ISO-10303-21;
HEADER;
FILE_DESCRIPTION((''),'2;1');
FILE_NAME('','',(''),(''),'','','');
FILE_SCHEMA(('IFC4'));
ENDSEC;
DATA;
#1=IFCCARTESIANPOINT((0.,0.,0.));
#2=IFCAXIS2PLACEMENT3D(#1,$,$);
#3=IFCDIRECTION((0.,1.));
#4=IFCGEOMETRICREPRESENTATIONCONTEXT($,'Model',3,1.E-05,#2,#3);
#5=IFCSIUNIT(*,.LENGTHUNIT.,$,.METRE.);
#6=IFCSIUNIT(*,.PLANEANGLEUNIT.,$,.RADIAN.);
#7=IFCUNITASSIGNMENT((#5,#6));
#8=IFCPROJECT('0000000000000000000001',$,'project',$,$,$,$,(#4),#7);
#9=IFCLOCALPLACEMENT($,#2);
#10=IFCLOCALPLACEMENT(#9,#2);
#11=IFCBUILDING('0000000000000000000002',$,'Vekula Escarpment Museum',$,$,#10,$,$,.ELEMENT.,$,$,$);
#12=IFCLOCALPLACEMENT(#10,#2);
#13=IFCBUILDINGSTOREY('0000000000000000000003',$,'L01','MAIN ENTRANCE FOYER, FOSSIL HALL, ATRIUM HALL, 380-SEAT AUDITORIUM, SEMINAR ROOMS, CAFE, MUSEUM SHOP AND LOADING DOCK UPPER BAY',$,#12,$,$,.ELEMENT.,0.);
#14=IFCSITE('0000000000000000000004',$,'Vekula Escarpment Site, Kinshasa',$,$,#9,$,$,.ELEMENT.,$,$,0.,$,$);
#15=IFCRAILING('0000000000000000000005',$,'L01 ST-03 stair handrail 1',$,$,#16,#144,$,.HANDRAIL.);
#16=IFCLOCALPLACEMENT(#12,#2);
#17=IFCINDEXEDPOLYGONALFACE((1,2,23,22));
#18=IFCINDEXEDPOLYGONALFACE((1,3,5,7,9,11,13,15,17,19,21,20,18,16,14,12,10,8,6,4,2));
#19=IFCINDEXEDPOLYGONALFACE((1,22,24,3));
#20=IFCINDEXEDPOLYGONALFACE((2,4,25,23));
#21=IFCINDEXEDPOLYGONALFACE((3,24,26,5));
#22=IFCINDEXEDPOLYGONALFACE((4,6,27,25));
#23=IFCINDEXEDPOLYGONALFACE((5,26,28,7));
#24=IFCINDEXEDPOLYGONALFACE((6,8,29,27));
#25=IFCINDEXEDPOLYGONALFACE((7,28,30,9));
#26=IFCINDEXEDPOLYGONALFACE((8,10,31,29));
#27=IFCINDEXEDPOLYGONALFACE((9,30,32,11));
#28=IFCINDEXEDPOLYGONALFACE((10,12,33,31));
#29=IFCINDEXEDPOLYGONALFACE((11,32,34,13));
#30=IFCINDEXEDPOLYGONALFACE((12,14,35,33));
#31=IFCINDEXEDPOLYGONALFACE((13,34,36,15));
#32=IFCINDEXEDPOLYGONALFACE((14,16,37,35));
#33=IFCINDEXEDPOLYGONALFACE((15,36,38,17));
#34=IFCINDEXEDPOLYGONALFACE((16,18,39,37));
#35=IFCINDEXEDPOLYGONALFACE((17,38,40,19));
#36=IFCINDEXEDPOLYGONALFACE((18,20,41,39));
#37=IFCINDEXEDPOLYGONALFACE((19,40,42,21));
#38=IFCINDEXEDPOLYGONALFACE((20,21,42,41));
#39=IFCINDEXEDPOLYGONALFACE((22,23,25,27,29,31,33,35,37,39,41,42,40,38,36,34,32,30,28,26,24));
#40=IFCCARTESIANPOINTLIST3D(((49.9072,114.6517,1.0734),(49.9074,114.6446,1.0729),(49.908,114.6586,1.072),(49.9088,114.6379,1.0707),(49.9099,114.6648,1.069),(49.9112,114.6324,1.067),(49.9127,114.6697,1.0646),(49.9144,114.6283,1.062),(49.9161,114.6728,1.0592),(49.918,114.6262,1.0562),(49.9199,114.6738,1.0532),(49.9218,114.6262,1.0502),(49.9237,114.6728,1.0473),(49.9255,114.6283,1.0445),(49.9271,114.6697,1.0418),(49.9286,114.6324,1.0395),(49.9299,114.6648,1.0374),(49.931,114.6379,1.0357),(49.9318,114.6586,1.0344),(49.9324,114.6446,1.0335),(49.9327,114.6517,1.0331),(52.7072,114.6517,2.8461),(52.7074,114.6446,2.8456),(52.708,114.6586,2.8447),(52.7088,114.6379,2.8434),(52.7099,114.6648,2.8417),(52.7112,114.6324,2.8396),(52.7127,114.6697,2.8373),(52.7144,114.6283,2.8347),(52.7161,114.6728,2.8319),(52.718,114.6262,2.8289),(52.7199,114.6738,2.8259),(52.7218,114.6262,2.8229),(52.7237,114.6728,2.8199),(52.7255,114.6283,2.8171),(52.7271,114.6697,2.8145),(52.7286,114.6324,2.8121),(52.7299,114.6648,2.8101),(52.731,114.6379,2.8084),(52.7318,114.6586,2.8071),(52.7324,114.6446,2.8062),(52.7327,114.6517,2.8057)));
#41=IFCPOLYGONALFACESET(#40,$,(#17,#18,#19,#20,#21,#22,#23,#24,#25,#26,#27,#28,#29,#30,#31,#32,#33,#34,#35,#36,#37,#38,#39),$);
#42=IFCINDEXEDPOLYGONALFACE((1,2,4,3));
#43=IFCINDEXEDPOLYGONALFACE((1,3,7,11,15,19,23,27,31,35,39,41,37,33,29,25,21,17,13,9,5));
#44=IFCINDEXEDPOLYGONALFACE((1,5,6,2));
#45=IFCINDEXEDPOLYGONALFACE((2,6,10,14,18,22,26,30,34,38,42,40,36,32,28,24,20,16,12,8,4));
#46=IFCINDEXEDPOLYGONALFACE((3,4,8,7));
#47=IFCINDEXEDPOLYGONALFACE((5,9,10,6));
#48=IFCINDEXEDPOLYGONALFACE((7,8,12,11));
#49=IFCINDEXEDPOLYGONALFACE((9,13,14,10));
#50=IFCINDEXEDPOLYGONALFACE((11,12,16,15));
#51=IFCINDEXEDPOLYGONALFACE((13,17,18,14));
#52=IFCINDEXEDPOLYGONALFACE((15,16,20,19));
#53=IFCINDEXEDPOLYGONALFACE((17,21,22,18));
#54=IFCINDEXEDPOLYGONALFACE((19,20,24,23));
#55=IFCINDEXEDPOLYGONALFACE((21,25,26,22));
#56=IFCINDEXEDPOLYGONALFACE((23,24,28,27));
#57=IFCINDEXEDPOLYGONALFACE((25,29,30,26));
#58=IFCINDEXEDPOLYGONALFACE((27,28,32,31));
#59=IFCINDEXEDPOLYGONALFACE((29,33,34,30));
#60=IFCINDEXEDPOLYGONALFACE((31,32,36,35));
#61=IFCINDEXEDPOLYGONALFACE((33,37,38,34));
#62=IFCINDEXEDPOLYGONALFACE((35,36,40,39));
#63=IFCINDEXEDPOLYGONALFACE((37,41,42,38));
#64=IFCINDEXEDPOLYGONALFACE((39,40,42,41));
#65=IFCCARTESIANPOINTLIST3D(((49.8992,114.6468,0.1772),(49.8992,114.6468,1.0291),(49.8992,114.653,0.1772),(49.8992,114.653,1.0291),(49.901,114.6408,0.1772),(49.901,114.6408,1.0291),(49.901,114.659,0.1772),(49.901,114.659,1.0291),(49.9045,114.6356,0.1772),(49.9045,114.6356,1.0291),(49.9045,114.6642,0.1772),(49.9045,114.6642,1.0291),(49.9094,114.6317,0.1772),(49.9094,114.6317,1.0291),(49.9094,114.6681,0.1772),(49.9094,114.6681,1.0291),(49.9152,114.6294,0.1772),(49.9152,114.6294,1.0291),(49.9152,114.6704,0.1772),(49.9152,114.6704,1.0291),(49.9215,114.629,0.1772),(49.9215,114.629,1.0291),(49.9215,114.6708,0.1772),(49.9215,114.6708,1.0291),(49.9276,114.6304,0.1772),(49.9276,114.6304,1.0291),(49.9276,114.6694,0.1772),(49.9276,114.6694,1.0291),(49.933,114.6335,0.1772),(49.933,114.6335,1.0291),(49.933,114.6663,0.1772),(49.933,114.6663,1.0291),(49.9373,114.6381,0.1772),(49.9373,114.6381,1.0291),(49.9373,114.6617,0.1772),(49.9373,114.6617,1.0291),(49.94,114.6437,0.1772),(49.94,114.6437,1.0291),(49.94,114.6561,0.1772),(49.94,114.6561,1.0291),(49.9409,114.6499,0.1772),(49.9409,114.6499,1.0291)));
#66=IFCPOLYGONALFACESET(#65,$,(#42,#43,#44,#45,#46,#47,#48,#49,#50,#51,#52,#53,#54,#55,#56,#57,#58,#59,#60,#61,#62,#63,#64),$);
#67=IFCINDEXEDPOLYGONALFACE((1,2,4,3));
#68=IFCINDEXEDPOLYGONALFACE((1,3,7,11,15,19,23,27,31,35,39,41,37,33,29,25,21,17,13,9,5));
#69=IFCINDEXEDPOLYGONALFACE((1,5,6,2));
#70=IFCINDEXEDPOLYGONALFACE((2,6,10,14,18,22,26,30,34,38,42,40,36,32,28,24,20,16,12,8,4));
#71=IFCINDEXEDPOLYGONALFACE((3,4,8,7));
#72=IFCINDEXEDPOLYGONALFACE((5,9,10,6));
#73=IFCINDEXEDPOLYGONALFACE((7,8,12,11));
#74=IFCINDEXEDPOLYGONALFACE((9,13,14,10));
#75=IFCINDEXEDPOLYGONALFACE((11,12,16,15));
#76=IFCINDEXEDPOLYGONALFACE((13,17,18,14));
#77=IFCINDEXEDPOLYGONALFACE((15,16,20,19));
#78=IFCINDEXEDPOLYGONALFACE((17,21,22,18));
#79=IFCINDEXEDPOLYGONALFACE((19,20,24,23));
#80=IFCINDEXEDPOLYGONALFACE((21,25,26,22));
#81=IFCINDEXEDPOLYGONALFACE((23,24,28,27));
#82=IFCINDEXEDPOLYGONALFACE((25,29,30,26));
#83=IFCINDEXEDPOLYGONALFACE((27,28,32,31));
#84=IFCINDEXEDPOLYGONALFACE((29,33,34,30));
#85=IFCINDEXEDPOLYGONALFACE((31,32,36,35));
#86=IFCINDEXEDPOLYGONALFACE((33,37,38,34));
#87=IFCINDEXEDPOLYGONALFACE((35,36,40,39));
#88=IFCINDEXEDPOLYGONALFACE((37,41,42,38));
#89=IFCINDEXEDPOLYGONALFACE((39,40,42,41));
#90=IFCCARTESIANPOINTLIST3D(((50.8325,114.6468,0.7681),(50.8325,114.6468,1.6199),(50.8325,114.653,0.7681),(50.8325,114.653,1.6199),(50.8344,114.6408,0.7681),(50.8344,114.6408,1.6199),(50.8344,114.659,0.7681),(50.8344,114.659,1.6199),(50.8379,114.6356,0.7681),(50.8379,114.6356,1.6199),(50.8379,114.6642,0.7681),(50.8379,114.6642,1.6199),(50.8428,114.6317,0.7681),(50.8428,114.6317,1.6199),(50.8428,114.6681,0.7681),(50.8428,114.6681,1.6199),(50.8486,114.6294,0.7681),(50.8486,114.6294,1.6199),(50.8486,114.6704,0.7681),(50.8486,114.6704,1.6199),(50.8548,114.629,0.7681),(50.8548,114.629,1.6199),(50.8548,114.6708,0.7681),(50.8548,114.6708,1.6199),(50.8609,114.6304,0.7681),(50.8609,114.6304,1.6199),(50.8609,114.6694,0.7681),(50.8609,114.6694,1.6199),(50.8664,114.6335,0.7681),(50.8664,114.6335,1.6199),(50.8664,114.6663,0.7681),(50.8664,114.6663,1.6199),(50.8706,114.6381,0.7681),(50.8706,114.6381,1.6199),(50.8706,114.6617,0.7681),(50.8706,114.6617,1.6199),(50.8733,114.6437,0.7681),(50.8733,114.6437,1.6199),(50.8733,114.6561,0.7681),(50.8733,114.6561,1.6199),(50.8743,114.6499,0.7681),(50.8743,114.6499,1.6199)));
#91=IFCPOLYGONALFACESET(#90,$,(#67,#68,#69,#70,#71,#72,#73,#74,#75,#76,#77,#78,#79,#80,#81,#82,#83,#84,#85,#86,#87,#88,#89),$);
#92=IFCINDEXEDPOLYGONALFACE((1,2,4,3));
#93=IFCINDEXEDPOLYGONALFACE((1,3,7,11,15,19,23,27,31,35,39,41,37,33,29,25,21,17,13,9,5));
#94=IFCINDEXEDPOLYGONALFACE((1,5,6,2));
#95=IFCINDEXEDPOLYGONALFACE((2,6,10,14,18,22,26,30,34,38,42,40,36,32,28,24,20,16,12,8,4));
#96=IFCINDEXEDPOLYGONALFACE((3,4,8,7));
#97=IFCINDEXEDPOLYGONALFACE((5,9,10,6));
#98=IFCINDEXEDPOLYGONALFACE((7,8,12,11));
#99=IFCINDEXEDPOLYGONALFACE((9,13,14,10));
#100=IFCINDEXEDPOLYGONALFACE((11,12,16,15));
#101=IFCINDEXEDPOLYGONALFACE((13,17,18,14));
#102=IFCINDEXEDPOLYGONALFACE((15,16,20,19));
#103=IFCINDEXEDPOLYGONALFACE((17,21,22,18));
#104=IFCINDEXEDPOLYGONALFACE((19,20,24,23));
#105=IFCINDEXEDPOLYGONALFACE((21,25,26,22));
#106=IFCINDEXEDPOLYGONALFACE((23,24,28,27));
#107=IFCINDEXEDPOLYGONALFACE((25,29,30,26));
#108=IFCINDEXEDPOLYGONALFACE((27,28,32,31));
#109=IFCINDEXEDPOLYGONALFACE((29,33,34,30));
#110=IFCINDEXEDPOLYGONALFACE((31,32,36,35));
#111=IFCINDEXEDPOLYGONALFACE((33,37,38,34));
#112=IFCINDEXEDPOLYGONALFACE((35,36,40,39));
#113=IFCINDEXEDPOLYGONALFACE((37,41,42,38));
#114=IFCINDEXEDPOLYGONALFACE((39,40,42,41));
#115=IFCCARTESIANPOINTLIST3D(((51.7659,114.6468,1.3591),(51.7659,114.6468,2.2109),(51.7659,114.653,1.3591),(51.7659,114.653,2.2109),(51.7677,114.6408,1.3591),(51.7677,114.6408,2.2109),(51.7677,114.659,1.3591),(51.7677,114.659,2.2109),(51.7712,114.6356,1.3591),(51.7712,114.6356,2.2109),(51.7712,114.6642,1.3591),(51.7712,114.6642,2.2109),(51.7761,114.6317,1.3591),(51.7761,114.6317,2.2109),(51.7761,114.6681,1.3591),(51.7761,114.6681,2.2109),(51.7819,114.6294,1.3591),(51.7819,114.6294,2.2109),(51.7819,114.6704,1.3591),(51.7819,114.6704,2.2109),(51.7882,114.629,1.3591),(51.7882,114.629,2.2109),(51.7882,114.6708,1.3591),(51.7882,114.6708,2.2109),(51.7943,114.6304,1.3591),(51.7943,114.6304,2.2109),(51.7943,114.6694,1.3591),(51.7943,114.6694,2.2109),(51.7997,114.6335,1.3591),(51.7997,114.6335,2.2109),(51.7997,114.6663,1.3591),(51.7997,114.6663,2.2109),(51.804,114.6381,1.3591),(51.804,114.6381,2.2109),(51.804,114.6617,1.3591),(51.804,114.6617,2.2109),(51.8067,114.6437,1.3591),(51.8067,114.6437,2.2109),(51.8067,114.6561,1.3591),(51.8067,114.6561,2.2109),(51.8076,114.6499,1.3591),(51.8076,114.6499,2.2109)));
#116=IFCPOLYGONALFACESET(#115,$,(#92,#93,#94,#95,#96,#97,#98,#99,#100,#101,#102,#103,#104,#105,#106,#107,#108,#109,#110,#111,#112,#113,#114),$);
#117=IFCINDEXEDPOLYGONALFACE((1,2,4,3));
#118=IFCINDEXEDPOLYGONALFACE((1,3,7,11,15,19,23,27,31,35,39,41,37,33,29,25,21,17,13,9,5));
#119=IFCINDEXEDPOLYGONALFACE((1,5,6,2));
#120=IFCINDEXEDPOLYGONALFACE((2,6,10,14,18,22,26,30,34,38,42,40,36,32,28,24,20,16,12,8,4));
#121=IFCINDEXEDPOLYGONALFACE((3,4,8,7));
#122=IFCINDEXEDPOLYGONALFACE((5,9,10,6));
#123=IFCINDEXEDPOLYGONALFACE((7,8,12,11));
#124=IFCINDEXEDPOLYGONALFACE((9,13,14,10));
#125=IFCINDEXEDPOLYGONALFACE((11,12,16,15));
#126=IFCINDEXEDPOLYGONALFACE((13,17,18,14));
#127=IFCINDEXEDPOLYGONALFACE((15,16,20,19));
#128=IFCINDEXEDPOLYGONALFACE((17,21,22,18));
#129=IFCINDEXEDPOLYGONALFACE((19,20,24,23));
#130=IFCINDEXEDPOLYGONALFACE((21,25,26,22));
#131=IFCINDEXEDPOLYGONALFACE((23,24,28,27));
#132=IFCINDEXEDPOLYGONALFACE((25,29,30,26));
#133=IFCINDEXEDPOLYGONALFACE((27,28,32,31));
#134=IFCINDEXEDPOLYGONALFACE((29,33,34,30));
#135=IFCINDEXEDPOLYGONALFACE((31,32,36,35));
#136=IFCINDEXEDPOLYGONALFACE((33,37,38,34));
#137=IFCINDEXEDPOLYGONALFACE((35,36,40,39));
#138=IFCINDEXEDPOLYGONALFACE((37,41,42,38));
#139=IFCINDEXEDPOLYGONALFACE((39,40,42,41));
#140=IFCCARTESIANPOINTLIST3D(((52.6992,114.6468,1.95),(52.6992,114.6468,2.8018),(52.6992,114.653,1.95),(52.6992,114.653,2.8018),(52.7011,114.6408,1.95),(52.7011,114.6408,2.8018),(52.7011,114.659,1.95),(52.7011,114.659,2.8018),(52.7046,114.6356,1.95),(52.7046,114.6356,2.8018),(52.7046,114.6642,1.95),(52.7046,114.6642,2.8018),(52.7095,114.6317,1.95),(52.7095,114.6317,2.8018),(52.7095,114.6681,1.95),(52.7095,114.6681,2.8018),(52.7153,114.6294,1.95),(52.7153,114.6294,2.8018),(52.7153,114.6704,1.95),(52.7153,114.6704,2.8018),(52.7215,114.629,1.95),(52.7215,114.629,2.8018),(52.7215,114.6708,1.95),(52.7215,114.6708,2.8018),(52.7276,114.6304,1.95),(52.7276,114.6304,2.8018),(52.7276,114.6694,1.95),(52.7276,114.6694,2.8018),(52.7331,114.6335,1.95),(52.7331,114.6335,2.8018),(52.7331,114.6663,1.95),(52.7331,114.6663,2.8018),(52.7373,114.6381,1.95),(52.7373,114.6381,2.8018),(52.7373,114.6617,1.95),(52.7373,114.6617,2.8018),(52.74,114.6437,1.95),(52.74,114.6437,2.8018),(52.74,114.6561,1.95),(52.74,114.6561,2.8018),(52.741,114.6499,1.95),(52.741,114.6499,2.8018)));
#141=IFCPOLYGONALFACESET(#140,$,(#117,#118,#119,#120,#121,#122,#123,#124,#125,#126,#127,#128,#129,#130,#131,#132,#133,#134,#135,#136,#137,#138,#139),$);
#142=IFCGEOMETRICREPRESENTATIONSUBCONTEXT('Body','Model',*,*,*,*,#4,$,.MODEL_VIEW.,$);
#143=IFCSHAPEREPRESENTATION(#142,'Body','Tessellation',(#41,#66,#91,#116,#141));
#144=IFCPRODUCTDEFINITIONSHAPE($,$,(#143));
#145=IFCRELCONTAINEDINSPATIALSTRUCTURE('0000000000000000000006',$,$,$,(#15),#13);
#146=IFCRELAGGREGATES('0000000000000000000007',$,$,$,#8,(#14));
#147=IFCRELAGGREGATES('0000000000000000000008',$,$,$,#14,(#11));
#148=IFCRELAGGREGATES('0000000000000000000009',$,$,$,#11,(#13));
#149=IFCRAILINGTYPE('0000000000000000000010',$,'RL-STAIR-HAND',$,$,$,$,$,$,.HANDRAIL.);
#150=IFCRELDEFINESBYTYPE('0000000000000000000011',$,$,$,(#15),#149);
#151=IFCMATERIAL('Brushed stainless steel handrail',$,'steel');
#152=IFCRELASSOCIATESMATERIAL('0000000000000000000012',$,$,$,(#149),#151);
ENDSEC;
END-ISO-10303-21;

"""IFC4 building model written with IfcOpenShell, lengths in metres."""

from ifc_helpers import new_model, si_unit, direction, frame, origin, origin_2d, place, context, subcontext, project, spatial, circle, extrude, material, type_object, element, save


model = new_model("IFC4")

# Units and contexts
model_context = context("Model", 3, precision=1e-05, world=origin(), true_north=direction((0.0, 1.0)))
body_context = subcontext(model_context, "Body", "Model", "MODEL_VIEW")
ifc_project = project(units=[si_unit("LENGTHUNIT", "METRE"), si_unit("PLANEANGLEUNIT", "RADIAN")], contexts=[model_context])

# Site, building, storey
site_placement = place(None, origin())
site = spatial("IfcSite", under=ifc_project, at=site_placement, Name="Vekula Escarpment Site, Kinshasa", CompositionType="ELEMENT", RefElevation=0.0)
building_placement = place(site_placement, origin())
building = spatial("IfcBuilding", under=site, at=building_placement, Name="Vekula Escarpment Museum", CompositionType="ELEMENT")
storey_placement = place(building_placement, origin())
storey = spatial("IfcBuildingStorey", under=building, at=storey_placement, Name="L01", Description="MAIN ENTRANCE FOYER, FOSSIL HALL, ATRIUM HALL, 380-SEAT AUDITORIUM, SEMINAR ROOMS, CAFE, MUSEUM SHOP AND LOADING DOCK UPPER BAY", CompositionType="ELEMENT", Elevation=0.0)

# Railing
ifc_material_1 = material(Name="Brushed stainless steel handrail", Category="steel")
railing_type_1 = type_object("IfcRailingType", Name="RL-STAIR-HAND", PredefinedType="HANDRAIL", material=ifc_material_1)
for number, where, name in (
    (1, (49.9199, 114.6499, 0.1772), "L01 ST-03 stair handrail 1"),
):
    element("IfcRailing", number, at=place(storey_placement, frame(where)), inside=storey, type_object=railing_type_1, Name=name, PredefinedType="HANDRAIL", context=body_context, shape_type="SweptSolid", body=[
        extrude(circle(Radius=0.0239, at=origin_2d()), frame((0.0, 0.0, 0.876), z_axis=(0.844909, 0.0, 0.53491), x_axis=(0.0, 1.0, 0.0)), (0.0, 0.0, 1.0), 3.314),
        extrude(circle(Radius=0.021, at=origin_2d()), origin(), (0.0, 0.0, 1.0), 0.8518),
        extrude(circle(Radius=0.021, at=origin_2d()), frame((0.9333, 0.0, 0.5908)), (0.0, 0.0, 1.0), 0.8518),
        extrude(circle(Radius=0.021, at=origin_2d()), frame((1.8667, 0.0, 1.1819)), (0.0, 0.0, 1.0), 0.8518),
        extrude(circle(Radius=0.021, at=origin_2d()), frame((2.8, 0.0, 1.7727)), (0.0, 0.0, 1.0), 0.8518),
    ])

save(model, "model.ifc")
